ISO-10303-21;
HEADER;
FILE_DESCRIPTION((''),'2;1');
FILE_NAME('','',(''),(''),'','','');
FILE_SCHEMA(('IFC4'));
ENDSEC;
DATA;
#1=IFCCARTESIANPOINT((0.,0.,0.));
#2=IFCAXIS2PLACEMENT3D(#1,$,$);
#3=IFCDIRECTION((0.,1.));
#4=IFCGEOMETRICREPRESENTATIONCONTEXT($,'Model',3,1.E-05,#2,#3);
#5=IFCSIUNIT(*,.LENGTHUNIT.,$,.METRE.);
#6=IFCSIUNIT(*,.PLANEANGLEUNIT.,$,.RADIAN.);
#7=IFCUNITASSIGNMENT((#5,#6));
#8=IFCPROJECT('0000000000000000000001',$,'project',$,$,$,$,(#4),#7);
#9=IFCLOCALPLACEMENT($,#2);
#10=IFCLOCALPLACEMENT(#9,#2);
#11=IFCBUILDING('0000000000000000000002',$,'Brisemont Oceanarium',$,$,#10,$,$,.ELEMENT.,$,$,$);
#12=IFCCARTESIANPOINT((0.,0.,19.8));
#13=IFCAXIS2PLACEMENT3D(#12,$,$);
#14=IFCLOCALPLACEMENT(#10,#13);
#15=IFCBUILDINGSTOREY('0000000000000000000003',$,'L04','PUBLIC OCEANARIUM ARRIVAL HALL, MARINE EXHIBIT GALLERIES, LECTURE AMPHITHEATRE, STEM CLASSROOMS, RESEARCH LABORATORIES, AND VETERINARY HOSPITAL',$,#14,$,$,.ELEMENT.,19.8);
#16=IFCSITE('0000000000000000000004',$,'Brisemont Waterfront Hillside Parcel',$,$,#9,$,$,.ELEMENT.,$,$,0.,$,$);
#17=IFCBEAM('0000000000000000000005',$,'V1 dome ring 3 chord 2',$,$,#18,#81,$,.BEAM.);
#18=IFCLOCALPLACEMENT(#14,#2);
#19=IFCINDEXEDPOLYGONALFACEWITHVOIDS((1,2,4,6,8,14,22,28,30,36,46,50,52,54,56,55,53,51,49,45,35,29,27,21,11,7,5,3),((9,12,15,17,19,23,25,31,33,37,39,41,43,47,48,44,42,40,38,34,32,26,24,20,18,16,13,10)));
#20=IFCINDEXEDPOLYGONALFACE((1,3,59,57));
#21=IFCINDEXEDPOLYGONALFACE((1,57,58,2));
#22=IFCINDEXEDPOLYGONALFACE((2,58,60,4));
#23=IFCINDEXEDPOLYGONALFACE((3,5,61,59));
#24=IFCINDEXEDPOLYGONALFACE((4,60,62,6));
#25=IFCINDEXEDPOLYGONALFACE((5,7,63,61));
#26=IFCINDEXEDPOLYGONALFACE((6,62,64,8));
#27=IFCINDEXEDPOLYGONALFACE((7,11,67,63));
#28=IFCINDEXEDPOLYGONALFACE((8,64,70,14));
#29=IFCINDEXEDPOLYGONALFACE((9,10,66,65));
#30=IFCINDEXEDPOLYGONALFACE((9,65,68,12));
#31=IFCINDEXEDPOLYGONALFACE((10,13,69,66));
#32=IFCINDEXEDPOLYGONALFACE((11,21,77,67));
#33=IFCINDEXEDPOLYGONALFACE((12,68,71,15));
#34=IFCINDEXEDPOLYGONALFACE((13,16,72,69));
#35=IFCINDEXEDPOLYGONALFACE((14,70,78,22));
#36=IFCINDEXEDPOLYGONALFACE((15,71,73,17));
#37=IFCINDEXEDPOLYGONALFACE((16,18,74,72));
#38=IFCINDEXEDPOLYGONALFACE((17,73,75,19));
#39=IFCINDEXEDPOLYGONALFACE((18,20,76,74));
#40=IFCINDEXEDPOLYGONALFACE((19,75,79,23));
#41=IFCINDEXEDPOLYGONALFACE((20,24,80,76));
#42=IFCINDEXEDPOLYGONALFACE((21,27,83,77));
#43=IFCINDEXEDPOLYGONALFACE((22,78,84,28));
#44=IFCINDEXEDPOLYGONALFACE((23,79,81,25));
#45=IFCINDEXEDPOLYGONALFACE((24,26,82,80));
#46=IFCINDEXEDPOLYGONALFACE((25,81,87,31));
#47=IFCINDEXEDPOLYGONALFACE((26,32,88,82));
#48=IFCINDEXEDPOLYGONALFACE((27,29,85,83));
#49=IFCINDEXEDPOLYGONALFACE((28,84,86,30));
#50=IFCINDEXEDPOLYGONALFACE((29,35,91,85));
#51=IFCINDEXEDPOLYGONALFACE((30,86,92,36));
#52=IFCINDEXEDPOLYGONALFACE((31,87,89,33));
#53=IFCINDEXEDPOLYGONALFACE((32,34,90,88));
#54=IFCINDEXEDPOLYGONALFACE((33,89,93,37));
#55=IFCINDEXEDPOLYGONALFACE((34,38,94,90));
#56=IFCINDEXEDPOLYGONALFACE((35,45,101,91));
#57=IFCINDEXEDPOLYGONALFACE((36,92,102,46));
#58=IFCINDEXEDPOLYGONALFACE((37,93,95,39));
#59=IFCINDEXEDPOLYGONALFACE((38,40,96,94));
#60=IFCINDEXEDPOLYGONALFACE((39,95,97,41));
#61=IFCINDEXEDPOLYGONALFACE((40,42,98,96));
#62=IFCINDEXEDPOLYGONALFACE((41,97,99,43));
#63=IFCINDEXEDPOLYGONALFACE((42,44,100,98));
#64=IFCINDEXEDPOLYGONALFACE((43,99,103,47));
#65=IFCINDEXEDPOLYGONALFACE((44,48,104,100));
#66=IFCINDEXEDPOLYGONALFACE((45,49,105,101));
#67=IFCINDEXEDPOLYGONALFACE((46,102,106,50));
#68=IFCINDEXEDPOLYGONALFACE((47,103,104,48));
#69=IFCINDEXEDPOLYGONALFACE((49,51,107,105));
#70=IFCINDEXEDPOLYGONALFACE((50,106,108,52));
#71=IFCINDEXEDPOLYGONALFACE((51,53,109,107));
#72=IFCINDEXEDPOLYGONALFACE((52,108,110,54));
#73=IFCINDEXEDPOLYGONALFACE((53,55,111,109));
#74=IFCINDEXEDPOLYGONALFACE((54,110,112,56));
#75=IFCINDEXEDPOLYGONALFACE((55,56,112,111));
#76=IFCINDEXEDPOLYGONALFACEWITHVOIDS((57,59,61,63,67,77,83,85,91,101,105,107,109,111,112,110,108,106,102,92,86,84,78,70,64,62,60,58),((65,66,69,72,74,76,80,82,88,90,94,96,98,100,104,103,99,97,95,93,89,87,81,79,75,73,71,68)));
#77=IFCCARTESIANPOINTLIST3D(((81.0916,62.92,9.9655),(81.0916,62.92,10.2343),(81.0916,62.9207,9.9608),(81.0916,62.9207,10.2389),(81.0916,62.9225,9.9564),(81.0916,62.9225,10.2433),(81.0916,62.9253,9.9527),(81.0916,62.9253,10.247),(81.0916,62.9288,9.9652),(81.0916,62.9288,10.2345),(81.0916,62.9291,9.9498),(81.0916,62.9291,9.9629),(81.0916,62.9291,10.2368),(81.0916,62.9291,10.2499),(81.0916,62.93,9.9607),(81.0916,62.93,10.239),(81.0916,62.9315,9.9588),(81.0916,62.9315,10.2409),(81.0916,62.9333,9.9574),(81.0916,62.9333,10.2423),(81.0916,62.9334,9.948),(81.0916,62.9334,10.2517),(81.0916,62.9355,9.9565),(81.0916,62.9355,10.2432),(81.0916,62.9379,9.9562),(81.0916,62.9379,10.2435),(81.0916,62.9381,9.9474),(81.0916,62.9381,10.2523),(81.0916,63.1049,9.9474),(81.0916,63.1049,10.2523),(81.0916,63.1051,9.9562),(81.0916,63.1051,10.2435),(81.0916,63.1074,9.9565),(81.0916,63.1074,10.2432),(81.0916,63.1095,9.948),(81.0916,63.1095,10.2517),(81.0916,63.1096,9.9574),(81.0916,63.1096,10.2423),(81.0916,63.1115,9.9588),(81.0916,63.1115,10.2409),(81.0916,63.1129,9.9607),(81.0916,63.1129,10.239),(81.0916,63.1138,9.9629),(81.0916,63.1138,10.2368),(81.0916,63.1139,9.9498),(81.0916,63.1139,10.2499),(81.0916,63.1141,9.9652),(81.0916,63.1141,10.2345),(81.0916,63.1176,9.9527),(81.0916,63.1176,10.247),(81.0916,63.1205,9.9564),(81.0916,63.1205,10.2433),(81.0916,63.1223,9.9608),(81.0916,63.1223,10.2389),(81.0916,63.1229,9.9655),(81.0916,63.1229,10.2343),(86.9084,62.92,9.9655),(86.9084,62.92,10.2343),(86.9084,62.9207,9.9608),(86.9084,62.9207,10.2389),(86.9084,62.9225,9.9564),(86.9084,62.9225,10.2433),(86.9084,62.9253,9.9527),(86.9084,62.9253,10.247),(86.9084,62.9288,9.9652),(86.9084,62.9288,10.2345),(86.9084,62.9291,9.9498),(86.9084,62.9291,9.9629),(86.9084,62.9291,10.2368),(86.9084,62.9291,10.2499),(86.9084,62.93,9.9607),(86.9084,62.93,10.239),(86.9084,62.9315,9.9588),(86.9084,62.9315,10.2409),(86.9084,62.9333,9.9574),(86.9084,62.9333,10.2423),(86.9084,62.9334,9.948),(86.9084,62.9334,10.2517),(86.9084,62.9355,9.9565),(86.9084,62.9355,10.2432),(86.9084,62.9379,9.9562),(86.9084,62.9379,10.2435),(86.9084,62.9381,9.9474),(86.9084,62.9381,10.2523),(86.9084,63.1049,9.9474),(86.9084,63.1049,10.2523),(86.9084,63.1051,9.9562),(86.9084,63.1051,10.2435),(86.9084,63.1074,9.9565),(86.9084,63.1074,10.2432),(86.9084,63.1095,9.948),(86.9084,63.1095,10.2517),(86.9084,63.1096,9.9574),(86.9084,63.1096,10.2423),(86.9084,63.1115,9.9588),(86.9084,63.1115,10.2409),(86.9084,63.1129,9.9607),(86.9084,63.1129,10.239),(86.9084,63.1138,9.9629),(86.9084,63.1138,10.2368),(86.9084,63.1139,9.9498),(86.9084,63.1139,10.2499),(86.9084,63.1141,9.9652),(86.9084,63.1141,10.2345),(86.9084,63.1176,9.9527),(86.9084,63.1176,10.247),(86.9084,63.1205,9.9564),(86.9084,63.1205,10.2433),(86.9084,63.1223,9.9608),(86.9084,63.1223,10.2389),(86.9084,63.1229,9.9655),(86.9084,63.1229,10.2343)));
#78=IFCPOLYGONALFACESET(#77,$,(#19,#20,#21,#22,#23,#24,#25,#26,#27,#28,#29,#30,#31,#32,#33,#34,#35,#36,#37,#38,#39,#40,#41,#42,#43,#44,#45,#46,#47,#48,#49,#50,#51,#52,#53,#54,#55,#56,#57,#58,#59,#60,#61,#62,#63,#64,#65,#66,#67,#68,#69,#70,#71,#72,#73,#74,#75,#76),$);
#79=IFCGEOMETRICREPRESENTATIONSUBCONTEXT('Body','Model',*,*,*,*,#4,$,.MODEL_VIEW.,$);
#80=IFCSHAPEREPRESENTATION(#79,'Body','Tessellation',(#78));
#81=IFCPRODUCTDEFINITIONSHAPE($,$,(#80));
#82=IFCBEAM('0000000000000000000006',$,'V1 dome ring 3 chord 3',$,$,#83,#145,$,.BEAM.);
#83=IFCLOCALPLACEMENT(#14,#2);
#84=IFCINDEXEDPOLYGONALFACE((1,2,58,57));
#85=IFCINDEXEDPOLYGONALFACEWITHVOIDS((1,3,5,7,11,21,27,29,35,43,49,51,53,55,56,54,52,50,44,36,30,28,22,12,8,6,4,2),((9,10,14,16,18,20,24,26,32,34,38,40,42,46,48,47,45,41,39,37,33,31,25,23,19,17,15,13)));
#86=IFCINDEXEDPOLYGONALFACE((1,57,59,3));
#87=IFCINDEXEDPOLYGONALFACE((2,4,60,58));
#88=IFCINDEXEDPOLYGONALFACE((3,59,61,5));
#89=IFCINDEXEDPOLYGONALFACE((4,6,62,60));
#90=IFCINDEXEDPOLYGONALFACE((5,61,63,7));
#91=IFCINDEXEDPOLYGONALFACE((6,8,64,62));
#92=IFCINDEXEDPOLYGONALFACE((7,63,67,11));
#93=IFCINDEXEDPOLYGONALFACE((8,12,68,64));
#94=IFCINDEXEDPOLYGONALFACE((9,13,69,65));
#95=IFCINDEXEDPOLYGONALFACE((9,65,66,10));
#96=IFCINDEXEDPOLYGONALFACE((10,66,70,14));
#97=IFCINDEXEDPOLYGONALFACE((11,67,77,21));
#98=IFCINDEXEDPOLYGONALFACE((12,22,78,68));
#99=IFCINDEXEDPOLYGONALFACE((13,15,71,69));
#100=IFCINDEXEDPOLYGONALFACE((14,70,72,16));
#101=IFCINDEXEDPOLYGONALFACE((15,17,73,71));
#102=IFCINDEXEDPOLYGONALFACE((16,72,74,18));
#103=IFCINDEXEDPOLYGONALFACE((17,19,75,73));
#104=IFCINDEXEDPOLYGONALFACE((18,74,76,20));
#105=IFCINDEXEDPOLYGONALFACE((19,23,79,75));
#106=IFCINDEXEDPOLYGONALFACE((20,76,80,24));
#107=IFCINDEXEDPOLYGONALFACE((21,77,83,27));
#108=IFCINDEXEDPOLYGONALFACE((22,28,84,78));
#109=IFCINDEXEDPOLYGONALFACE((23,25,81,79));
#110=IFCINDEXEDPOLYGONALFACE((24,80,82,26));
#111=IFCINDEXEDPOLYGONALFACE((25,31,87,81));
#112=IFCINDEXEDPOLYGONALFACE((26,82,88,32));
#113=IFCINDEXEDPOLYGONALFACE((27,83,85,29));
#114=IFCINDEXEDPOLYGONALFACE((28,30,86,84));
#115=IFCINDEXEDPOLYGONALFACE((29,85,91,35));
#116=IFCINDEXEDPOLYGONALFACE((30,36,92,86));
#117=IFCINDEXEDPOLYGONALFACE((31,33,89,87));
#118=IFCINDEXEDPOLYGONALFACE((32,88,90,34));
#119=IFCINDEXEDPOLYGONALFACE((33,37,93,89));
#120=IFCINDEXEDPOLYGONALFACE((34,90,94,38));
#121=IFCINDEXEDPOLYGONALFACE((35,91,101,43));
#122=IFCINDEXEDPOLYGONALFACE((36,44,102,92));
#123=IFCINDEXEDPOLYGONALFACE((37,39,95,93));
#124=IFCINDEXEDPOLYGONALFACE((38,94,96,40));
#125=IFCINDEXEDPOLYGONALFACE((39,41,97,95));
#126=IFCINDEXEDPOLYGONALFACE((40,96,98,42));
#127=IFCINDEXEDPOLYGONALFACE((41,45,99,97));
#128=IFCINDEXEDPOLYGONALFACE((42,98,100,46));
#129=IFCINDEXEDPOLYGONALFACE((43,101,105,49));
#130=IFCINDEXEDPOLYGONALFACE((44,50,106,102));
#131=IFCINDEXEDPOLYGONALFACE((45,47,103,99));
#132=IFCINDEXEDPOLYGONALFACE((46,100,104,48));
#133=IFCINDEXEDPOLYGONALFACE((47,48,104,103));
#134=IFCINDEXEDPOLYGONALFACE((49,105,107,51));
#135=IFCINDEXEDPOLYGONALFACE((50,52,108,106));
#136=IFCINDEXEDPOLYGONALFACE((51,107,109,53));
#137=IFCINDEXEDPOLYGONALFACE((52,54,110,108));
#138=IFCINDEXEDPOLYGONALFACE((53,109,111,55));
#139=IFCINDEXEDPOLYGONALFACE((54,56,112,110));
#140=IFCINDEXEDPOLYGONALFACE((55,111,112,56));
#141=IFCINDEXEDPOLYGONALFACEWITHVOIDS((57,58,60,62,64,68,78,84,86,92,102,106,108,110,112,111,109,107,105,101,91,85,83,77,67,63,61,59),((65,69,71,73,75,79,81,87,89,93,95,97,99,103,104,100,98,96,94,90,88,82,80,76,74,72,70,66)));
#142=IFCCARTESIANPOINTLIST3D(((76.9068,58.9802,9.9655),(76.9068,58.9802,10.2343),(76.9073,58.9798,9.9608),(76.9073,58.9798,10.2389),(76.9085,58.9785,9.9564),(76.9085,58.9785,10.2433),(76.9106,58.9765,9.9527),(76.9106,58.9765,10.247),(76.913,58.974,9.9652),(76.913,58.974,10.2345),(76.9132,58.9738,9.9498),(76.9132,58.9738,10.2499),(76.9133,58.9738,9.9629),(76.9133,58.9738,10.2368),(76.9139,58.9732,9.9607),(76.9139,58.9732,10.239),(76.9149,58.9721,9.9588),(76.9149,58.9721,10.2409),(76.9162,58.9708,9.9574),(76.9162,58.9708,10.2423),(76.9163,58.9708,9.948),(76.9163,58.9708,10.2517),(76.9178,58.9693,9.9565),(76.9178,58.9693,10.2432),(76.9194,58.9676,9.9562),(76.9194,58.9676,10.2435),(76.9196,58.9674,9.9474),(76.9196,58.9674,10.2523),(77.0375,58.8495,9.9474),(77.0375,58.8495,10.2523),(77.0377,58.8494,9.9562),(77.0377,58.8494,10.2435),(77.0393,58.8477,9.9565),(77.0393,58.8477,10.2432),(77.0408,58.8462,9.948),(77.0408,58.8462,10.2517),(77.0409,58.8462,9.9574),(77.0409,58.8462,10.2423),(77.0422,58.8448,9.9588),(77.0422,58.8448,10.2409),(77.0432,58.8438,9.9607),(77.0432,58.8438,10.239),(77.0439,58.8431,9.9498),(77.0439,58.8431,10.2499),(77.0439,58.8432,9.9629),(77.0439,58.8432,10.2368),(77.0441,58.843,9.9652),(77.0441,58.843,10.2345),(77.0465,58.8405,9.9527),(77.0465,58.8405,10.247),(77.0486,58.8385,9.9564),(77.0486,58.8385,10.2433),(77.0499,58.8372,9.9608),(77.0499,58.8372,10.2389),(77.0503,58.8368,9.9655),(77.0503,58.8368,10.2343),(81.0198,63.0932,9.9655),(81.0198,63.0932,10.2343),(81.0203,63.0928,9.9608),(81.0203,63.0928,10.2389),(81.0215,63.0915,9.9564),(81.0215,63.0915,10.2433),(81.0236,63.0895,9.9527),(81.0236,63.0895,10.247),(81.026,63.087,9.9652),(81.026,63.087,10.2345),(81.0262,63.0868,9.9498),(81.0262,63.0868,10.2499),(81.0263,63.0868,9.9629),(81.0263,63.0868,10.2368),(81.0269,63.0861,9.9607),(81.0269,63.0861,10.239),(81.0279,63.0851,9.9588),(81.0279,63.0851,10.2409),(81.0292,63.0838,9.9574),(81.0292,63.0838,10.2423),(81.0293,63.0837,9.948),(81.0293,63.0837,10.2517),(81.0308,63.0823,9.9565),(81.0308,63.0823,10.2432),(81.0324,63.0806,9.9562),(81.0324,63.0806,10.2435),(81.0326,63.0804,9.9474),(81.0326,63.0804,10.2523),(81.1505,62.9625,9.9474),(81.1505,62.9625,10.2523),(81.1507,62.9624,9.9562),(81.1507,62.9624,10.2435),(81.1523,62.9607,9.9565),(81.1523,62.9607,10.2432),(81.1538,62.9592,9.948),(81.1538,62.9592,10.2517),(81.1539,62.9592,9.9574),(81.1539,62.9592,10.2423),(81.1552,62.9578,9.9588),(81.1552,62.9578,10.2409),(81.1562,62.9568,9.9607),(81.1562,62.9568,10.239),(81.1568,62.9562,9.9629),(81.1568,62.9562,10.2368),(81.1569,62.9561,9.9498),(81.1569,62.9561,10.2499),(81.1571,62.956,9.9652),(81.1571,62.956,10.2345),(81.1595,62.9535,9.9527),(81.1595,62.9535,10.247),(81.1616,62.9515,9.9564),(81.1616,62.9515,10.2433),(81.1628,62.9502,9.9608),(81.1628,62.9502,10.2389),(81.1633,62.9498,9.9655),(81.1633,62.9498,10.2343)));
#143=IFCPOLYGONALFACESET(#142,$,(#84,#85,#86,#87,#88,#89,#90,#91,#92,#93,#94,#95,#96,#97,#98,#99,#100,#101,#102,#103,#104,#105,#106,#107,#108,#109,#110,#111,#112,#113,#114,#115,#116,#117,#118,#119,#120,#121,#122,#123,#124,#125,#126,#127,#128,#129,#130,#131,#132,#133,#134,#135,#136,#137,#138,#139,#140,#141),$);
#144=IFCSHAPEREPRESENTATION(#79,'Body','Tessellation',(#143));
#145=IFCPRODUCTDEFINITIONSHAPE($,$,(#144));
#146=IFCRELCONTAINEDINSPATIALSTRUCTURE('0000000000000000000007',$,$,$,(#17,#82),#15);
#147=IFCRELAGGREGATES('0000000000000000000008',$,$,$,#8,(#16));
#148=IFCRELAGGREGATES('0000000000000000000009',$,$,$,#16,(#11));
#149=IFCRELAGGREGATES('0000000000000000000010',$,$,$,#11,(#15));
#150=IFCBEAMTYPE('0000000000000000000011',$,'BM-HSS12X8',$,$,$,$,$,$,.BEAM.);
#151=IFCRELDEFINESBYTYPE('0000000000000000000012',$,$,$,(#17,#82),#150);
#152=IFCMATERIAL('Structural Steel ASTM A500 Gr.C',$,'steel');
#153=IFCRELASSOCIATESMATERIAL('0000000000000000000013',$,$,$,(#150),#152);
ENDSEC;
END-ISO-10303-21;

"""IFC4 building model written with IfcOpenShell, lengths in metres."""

from ifc_helpers import new_model, si_unit, direction, frame, origin, origin_2d, place, context, subcontext, project, spatial, hollow_rectangle, extrude, material, material_profile, profile_set, type_object, element, save


model = new_model("IFC4")

# Units and contexts
model_context = context("Model", 3, precision=1e-05, world=origin(), true_north=direction((0.0, 1.0)))
body_context = subcontext(model_context, "Body", "Model", "MODEL_VIEW")
ifc_project = project(units=[si_unit("LENGTHUNIT", "METRE"), si_unit("PLANEANGLEUNIT", "RADIAN")], contexts=[model_context])

# Site, building, storey
site_placement = place(None, origin())
site = spatial("IfcSite", under=ifc_project, at=site_placement, Name="Brisemont Waterfront Hillside Parcel", CompositionType="ELEMENT", RefElevation=0.0)
building_placement = place(site_placement, origin())
building = spatial("IfcBuilding", under=site, at=building_placement, Name="Brisemont Oceanarium", CompositionType="ELEMENT")
storey_placement = place(building_placement, frame((0.0, 0.0, 19.8)))
storey = spatial("IfcBuildingStorey", under=building, at=storey_placement, Name="L04", Description="PUBLIC OCEANARIUM ARRIVAL HALL, MARINE EXHIBIT GALLERIES, LECTURE AMPHITHEATRE, STEM CLASSROOMS, RESEARCH LABORATORIES, AND VETERINARY HOSPITAL", CompositionType="ELEMENT", Elevation=19.8)

# Beams
ifc_material_1 = material(Name="Structural Steel ASTM A500 Gr.C", Category="steel")
ifc_material_profile_1 = material_profile(ifc_material_1, hollow_rectangle(XDim=0.2029, YDim=0.3049, WallThickness=0.0088, InnerFilletRadius=0.009, OuterFilletRadius=0.0181, at=origin_2d()), Name="HSS12X8X3/8")
ifc_profile_set_1 = profile_set([ifc_material_profile_1], Name="Structural Steel ASTM A500 Gr.C")
beam_type_1 = type_object("IfcBeamType", Name="BM-HSS12X8", PredefinedType="BEAM", material=ifc_profile_set_1)
beam_1_placement = place(storey_placement, frame((86.9084, 63.0215, 10.0999), z_axis=(-1.0, 0.0, 0.0), x_axis=(0.0, -1.0, 0.0)))
element("IfcBeam", 1, at=beam_1_placement, inside=storey, type_object=beam_type_1, Name="V1 dome ring 3 chord 2", PredefinedType="BEAM", context=body_context, shape_type="SweptSolid", body=[
    extrude(hollow_rectangle(XDim=0.2029, YDim=0.3049, WallThickness=0.0088, InnerFilletRadius=0.009, OuterFilletRadius=0.0181, at=origin_2d()), origin(), (0.0, 0.0, 1.0), 5.8169),
])
beam_2_placement = place(storey_placement, frame((81.0916, 63.0215, 10.0999), z_axis=(-0.707107, -0.707107, 0.0), x_axis=(0.707107, -0.707107, 0.0)))
element("IfcBeam", 2, at=beam_2_placement, inside=storey, type_object=beam_type_1, Name="V1 dome ring 3 chord 3", PredefinedType="BEAM", context=body_context, shape_type="SweptSolid", body=[
    extrude(hollow_rectangle(XDim=0.2029, YDim=0.3049, WallThickness=0.0088, InnerFilletRadius=0.009, OuterFilletRadius=0.0181, at=origin_2d()), origin(), (0.0, 0.0, 1.0), 5.8167),
])

save(model, "model.ifc")
